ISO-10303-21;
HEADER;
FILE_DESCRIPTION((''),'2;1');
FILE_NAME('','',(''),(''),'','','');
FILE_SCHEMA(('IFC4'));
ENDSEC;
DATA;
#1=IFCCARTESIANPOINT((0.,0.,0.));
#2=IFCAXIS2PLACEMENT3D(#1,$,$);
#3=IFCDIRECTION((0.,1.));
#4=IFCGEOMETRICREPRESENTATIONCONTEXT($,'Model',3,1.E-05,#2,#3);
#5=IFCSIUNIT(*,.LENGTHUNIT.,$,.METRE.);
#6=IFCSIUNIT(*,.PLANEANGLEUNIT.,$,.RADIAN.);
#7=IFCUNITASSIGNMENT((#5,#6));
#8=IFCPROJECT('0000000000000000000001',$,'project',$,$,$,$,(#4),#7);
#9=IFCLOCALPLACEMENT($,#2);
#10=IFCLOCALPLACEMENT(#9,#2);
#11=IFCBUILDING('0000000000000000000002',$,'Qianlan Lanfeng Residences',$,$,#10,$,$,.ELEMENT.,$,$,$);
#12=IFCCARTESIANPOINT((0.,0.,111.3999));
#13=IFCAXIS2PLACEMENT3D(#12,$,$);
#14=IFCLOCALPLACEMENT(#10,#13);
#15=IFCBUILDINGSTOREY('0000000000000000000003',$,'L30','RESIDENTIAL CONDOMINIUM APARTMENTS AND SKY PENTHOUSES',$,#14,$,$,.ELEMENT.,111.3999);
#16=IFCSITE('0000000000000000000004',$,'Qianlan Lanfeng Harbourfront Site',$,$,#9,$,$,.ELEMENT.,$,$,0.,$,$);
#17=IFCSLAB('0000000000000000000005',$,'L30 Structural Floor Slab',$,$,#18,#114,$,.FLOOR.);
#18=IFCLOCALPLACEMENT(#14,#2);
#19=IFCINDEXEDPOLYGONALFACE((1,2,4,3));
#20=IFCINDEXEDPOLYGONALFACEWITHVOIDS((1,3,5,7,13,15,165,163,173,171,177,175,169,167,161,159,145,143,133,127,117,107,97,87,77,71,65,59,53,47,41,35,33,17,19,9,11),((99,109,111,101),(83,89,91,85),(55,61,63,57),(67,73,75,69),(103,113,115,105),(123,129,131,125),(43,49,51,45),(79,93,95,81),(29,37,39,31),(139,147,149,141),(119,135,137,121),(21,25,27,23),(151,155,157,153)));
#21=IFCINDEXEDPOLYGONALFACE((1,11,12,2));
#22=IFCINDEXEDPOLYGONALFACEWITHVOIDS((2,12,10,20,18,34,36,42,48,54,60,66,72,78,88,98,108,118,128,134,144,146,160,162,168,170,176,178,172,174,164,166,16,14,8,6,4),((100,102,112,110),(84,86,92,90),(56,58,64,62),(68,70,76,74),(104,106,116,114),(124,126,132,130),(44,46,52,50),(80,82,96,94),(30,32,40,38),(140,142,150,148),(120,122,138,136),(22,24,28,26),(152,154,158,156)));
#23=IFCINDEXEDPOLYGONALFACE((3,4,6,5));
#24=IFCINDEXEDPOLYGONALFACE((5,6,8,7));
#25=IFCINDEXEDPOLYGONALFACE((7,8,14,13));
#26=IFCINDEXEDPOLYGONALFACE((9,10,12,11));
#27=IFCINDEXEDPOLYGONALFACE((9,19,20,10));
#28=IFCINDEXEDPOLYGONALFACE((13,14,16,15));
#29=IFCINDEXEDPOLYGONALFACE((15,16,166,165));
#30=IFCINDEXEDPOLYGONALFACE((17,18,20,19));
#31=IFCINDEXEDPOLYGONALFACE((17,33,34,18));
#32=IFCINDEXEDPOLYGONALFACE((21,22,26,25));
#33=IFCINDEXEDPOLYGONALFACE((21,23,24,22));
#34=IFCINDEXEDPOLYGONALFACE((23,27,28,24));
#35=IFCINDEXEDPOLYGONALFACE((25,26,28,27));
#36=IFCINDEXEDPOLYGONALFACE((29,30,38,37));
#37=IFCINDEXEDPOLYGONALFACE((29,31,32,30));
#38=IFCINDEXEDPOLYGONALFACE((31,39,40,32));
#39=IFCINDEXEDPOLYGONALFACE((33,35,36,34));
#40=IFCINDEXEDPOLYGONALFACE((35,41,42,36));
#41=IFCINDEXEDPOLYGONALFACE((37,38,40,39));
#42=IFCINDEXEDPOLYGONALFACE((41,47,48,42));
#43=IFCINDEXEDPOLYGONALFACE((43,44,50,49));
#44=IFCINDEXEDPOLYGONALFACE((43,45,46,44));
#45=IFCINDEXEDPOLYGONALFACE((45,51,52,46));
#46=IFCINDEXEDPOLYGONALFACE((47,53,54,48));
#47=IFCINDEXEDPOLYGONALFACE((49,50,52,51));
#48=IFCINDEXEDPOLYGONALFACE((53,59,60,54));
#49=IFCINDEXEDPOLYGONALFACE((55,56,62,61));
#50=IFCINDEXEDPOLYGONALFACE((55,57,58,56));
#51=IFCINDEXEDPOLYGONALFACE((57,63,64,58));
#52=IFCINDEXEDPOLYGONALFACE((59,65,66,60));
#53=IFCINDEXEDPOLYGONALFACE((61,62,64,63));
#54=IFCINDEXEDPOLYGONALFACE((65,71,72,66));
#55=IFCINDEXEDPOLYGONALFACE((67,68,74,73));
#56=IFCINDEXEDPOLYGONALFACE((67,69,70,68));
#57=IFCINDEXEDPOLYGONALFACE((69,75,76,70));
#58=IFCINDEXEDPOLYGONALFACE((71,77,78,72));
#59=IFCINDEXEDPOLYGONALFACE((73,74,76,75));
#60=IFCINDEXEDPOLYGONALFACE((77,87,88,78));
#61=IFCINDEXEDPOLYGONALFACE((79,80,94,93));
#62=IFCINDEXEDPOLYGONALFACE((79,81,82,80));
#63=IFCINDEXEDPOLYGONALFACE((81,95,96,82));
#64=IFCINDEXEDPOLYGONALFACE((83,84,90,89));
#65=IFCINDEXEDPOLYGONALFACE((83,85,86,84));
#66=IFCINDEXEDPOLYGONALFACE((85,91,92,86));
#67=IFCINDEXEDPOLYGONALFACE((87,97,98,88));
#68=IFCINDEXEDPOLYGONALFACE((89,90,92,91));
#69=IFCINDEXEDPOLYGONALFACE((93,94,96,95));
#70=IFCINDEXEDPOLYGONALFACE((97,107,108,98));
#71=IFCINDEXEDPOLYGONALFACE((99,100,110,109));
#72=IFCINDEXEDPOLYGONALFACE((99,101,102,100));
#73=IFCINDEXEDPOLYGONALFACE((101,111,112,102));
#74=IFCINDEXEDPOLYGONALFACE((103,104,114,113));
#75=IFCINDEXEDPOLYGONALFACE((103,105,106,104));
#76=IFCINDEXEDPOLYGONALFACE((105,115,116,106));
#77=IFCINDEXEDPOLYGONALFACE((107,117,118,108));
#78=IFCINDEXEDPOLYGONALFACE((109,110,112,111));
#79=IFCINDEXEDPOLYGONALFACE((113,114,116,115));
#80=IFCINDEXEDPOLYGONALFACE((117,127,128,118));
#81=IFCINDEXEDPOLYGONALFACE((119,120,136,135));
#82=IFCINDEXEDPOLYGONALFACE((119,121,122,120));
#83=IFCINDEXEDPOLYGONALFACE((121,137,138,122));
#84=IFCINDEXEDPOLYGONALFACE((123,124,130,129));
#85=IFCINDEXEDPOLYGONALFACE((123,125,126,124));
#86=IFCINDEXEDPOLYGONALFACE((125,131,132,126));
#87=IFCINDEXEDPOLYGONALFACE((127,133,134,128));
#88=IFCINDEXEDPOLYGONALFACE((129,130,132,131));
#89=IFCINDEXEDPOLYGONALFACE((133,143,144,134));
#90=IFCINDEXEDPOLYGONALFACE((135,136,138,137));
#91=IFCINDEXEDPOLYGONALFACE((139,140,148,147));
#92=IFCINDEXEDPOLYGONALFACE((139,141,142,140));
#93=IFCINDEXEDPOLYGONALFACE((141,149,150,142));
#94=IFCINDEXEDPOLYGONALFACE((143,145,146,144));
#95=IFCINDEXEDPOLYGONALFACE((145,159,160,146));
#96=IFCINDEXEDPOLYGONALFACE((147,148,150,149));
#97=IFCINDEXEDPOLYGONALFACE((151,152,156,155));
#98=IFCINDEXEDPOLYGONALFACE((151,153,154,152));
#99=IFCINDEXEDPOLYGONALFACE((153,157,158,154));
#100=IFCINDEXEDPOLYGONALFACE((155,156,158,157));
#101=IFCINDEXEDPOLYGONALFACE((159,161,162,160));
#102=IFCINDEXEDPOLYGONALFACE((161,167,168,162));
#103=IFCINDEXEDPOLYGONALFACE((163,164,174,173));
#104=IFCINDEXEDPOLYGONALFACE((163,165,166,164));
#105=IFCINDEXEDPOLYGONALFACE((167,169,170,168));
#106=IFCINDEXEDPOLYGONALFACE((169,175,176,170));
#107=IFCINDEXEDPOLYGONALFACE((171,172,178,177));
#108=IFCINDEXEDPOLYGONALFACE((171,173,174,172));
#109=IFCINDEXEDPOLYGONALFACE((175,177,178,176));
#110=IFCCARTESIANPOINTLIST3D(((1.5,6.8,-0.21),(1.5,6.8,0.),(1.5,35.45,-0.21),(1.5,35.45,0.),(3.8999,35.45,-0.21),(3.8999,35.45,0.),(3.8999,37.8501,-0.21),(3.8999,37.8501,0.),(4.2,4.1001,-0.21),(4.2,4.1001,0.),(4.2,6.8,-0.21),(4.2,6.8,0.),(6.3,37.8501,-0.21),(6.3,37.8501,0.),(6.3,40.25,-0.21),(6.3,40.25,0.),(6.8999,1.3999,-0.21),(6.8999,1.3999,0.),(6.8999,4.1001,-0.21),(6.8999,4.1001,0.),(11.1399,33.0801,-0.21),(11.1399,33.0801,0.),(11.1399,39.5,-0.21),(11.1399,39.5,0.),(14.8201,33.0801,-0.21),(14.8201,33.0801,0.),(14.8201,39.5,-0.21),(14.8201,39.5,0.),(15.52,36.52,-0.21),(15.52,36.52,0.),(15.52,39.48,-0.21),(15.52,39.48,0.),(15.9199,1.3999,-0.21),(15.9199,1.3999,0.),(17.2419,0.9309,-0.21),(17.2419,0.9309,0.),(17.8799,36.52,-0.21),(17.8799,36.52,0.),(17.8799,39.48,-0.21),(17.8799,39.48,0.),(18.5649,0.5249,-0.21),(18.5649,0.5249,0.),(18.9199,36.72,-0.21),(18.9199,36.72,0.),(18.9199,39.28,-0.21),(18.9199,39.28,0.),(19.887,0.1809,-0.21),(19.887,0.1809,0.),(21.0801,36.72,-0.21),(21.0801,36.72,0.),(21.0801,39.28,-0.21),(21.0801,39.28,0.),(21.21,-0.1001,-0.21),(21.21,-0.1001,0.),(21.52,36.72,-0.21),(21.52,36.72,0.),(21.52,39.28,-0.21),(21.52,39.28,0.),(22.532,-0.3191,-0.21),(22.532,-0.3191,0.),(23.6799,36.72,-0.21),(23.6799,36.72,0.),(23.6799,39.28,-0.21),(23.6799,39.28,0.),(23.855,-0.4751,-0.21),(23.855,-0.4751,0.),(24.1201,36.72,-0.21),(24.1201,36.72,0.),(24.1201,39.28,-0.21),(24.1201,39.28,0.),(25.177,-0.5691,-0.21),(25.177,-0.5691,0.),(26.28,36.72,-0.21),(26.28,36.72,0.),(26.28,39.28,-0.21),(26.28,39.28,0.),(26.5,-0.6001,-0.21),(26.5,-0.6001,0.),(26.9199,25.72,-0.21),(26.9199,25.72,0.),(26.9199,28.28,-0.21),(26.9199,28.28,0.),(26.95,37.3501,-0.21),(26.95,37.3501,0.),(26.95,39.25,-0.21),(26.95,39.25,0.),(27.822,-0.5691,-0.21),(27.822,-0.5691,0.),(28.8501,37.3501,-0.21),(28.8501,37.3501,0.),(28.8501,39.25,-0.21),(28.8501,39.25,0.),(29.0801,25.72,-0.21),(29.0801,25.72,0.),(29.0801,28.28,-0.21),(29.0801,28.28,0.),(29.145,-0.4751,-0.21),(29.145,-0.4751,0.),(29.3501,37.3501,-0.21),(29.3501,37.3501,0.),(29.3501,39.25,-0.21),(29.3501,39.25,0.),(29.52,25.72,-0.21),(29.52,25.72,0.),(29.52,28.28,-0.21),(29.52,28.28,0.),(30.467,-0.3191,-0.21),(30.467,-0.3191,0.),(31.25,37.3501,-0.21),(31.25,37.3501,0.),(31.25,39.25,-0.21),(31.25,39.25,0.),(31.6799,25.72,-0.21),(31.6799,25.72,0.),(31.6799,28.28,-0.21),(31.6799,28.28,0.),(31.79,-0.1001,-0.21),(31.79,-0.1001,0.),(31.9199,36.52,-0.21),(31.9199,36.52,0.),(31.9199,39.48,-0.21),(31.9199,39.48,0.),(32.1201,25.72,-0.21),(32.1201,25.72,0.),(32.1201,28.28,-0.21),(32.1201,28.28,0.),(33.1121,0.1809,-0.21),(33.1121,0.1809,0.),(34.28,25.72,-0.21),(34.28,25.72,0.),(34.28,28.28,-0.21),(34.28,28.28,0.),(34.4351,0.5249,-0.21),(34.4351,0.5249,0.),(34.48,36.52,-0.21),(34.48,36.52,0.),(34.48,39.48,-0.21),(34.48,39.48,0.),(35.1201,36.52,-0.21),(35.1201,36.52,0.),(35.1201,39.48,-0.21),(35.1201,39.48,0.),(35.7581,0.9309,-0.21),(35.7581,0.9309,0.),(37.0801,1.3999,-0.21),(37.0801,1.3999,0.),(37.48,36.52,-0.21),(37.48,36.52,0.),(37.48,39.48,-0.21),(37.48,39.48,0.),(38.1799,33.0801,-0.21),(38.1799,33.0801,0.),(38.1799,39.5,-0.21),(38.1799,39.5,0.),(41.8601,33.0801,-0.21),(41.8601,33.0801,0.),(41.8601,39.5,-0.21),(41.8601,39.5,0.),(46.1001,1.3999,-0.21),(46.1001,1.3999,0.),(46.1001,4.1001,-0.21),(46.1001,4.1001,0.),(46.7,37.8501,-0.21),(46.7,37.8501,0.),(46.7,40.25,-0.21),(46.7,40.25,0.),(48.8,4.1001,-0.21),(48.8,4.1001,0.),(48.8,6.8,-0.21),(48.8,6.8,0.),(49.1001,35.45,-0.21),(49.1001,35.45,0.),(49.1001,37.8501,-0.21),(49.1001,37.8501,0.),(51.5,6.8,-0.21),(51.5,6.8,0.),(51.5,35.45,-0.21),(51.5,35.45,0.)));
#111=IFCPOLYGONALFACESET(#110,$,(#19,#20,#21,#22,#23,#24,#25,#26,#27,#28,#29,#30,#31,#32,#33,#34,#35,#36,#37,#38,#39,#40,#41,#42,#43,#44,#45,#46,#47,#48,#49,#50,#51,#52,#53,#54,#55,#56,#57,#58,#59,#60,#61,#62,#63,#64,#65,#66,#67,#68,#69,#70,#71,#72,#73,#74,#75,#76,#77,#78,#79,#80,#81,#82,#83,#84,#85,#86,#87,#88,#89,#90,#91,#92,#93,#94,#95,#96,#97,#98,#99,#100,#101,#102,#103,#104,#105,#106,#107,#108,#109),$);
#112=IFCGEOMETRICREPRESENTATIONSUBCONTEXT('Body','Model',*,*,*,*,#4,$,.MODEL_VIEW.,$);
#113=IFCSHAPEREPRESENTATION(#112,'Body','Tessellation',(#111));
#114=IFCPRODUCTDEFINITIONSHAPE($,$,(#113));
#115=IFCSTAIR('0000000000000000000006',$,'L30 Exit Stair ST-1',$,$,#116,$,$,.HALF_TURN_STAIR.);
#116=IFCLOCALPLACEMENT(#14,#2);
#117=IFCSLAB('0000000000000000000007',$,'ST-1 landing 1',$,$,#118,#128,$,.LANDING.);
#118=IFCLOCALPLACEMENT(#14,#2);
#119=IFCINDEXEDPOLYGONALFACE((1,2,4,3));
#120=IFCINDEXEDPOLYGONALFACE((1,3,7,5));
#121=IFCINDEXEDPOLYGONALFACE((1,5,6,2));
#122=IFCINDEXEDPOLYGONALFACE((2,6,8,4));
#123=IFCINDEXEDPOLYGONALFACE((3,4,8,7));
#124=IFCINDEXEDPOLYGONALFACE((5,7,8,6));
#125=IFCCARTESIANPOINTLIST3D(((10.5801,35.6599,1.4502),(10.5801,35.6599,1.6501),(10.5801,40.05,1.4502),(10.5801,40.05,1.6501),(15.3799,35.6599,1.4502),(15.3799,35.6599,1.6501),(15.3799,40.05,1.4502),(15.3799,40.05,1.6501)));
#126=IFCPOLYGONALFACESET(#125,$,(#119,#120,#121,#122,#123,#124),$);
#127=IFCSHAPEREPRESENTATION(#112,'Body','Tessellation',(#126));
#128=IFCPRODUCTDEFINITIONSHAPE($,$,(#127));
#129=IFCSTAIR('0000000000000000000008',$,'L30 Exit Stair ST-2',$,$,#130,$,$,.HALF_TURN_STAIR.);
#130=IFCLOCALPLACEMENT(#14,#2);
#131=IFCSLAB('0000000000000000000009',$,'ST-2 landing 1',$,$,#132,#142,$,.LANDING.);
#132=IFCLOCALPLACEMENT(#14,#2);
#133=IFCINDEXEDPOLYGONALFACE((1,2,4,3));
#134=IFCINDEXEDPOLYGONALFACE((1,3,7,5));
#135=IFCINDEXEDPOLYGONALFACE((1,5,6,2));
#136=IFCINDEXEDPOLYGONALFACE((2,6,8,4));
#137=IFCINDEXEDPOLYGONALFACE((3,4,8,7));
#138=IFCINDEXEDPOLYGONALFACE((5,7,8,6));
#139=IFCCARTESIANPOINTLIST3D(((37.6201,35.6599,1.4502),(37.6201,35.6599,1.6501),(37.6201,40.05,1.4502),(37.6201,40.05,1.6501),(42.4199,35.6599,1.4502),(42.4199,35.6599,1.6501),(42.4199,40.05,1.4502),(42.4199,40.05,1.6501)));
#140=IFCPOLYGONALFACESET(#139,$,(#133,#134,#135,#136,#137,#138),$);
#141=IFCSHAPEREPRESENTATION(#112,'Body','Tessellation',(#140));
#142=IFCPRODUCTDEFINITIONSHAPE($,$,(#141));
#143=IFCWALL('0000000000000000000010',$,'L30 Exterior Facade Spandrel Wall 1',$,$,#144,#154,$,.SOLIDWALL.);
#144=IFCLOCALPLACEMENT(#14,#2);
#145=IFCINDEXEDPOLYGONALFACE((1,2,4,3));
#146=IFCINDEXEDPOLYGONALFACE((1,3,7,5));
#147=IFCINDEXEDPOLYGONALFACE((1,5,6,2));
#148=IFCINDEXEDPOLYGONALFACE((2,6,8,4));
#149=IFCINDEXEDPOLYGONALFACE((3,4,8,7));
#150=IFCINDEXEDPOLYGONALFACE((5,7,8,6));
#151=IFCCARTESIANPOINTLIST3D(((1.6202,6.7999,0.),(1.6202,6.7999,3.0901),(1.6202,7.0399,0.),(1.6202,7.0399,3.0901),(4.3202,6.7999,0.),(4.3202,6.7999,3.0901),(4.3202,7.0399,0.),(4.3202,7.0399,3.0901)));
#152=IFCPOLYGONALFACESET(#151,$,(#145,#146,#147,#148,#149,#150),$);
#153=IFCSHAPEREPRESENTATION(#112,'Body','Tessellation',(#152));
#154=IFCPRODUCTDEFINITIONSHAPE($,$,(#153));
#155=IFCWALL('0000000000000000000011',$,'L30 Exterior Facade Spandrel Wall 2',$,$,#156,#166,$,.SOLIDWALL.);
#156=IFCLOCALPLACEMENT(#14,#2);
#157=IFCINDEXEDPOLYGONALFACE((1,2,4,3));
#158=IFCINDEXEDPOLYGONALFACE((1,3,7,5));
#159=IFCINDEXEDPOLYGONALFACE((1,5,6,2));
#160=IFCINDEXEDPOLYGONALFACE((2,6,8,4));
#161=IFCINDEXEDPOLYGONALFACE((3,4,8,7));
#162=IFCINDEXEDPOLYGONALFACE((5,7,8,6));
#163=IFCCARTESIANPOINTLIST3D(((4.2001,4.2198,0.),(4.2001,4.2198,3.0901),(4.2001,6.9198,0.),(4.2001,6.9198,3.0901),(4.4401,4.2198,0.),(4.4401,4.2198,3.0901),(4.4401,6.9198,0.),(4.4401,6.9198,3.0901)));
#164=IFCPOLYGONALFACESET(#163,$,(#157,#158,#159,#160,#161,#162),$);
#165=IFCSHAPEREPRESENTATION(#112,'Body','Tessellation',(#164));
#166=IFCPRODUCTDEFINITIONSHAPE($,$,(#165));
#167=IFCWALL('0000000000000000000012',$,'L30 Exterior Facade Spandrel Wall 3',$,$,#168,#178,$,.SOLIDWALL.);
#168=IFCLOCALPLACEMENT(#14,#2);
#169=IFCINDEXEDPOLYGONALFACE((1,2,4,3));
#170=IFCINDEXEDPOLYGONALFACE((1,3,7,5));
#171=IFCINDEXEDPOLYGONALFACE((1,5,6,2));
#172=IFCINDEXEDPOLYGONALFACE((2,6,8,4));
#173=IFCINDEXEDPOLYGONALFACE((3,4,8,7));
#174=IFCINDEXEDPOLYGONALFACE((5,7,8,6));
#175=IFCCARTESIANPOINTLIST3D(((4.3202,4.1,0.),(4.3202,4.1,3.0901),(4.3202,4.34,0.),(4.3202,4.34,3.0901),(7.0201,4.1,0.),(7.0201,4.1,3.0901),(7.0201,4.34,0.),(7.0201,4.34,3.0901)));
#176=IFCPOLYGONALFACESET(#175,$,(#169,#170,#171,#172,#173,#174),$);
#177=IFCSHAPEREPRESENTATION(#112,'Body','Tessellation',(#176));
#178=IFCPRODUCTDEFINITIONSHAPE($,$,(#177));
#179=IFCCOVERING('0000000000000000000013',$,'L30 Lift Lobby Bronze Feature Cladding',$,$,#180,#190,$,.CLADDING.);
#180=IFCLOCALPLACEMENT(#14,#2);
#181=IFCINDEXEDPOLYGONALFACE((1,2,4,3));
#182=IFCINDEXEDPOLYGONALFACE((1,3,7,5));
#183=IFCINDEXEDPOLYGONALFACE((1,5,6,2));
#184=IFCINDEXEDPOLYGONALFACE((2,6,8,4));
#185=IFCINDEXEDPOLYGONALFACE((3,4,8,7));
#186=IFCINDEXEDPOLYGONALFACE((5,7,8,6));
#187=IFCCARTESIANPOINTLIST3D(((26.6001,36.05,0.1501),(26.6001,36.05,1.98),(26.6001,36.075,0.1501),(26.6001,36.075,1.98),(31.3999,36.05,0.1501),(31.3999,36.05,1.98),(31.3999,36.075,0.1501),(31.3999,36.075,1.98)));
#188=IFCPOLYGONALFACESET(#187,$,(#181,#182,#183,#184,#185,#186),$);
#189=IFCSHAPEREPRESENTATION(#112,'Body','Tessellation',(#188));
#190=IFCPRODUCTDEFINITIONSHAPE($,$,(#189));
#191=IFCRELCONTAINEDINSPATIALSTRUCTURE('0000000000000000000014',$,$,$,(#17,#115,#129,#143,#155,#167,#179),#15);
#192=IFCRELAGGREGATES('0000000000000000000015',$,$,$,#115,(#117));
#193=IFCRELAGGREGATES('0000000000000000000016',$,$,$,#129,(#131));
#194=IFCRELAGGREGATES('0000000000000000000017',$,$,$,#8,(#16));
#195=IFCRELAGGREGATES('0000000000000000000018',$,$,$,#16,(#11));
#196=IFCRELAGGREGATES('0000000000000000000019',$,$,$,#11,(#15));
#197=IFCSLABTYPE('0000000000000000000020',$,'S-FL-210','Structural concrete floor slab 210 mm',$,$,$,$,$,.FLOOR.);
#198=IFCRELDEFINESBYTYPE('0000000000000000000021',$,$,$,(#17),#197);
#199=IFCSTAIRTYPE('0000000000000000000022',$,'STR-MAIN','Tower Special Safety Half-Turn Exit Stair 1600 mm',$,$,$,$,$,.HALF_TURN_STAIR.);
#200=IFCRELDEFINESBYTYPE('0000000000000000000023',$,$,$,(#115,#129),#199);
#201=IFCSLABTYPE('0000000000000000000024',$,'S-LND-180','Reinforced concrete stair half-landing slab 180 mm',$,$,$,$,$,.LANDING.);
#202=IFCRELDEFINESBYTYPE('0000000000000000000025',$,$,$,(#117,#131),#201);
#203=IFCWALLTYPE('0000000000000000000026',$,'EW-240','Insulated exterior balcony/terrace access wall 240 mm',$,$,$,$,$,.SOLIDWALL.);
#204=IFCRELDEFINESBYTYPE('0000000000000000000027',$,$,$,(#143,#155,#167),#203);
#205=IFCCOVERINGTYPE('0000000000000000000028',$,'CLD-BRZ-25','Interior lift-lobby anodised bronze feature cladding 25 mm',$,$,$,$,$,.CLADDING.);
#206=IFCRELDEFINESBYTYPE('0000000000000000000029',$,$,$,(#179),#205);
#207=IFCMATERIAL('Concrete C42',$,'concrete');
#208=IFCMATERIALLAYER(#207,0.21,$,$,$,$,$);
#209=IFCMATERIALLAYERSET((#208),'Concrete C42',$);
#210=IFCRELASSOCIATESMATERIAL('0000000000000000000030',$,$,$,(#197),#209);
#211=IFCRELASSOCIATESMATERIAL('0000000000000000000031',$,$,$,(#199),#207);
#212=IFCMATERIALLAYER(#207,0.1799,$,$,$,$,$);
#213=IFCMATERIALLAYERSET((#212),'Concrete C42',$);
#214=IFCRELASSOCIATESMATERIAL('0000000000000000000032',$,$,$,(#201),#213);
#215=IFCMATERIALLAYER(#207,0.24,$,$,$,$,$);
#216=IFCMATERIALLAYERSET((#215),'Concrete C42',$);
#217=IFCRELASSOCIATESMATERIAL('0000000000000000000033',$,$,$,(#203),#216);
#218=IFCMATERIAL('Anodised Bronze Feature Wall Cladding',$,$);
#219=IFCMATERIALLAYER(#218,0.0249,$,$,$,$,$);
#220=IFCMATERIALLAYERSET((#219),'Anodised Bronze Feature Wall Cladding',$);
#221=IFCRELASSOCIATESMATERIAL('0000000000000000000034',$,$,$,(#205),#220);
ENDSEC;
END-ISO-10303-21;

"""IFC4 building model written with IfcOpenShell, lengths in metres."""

from ifc_helpers import new_model, si_unit, direction, frame, frame_2d, origin, place, context, subcontext, project, spatial, polyline, rectangle, outline, extrude, material, layer, layer_set, type_object, element, aggregate, save


model = new_model("IFC4")

# Units and contexts
model_context = context("Model", 3, precision=1e-05, world=origin(), true_north=direction((0.0, 1.0)))
body_context = subcontext(model_context, "Body", "Model", "MODEL_VIEW")
ifc_project = project(units=[si_unit("LENGTHUNIT", "METRE"), si_unit("PLANEANGLEUNIT", "RADIAN")], contexts=[model_context])

# Site, building, storey
site_placement = place(None, origin())
site = spatial("IfcSite", under=ifc_project, at=site_placement, Name="Qianlan Lanfeng Harbourfront Site", CompositionType="ELEMENT", RefElevation=0.0)
building_placement = place(site_placement, origin())
building = spatial("IfcBuilding", under=site, at=building_placement, Name="Qianlan Lanfeng Residences", CompositionType="ELEMENT")
storey_placement = place(building_placement, frame((0.0, 0.0, 111.3999)))
storey = spatial("IfcBuildingStorey", under=building, at=storey_placement, Name="L30", Description="RESIDENTIAL CONDOMINIUM APARTMENTS AND SKY PENTHOUSES", CompositionType="ELEMENT", Elevation=111.3999)

# Slab
ifc_material_1 = material(Name="Concrete C42", Category="concrete")
ifc_layer_1 = layer(ifc_material_1, 0.21)
ifc_layer_set_1 = layer_set([ifc_layer_1], Name="Concrete C42")
slab_type_1 = type_object("IfcSlabType", Name="S-FL-210", Description="Structural concrete floor slab 210 mm", PredefinedType="FLOOR", material=ifc_layer_set_1)
slab_1_placement = place(storey_placement, frame((0.0, 0.0, -0.21)))
element("IfcSlab", 1, at=slab_1_placement, inside=storey, type_object=slab_type_1, Name="L30 Structural Floor Slab", PredefinedType="FLOOR", context=body_context, shape_type="SweptSolid", body=[
    extrude(outline(polyline([(1.5, 6.8), (4.2, 6.8), (4.2, 4.1001), (6.8999, 4.1001), (6.8999, 1.3999), (15.9199, 1.3999), (17.2419, 0.9309), (18.5649, 0.5249), (19.887, 0.1809), (21.21, -0.1001), (22.532, -0.3191), (23.855, -0.4751), (25.177, -0.5691), (26.5, -0.6001), (27.822, -0.5691), (29.145, -0.4751), (30.467, -0.3191), (31.79, -0.1001), (33.1121, 0.1809), (34.4351, 0.5249), (35.7581, 0.9309), (37.0801, 1.3999), (46.1001, 1.3999), (46.1001, 4.1001), (48.8, 4.1001), (48.8, 6.8), (51.5, 6.8), (51.5, 35.45), (49.1001, 35.45), (49.1001, 37.8501), (46.7, 37.8501), (46.7, 40.25), (6.3, 40.25), (6.3, 37.8501), (3.8999, 37.8501), (3.8999, 35.45), (1.5, 35.45), (1.5, 6.8)]), holes=[polyline([(11.1399, 33.0801), (11.1399, 39.5), (14.8201, 39.5), (14.8201, 33.0801), (11.1399, 33.0801)]), polyline([(38.1799, 33.0801), (38.1799, 39.5), (41.8601, 39.5), (41.8601, 33.0801), (38.1799, 33.0801)]), polyline([(15.52, 36.52), (15.52, 39.48), (17.8799, 39.48), (17.8799, 36.52), (15.52, 36.52)]), polyline([(35.1201, 36.52), (35.1201, 39.48), (37.48, 39.48), (37.48, 36.52), (35.1201, 36.52)]), polyline([(31.9199, 36.52), (31.9199, 39.48), (34.48, 39.48), (34.48, 36.52), (31.9199, 36.52)]), polyline([(26.9199, 25.72), (26.9199, 28.28), (29.0801, 28.28), (29.0801, 25.72), (26.9199, 25.72)]), polyline([(29.52, 25.72), (29.52, 28.28), (31.6799, 28.28), (31.6799, 25.72), (29.52, 25.72)]), polyline([(32.1201, 25.72), (32.1201, 28.28), (34.28, 28.28), (34.28, 25.72), (32.1201, 25.72)]), polyline([(18.9199, 36.72), (18.9199, 39.28), (21.0801, 39.28), (21.0801, 36.72), (18.9199, 36.72)]), polyline([(21.52, 36.72), (21.52, 39.28), (23.6799, 39.28), (23.6799, 36.72), (21.52, 36.72)]), polyline([(24.1201, 36.72), (24.1201, 39.28), (26.28, 39.28), (26.28, 36.72), (24.1201, 36.72)]), polyline([(26.95, 37.3501), (26.95, 39.25), (28.8501, 39.25), (28.8501, 37.3501), (26.95, 37.3501)]), polyline([(29.3501, 37.3501), (29.3501, 39.25), (31.25, 39.25), (31.25, 37.3501), (29.3501, 37.3501)])]), origin(), (0.0, 0.0, 1.0), 0.21),
])

# Stairs, slabs
stair_type = type_object("IfcStairType", Name="STR-MAIN", Description="Tower Special Safety Half-Turn Exit Stair 1600 mm", PredefinedType="HALF_TURN_STAIR", material=ifc_material_1)
stair_1_placement = place(storey_placement, origin())
stair_1 = element("IfcStair", 2, at=stair_1_placement, inside=storey, type_object=stair_type, Name="L30 Exit Stair ST-1", PredefinedType="HALF_TURN_STAIR")
ifc_layer_2 = layer(ifc_material_1, 0.1799)
ifc_layer_set_2 = layer_set([ifc_layer_2], Name="Concrete C42")
slab_type_2 = type_object("IfcSlabType", Name="S-LND-180", Description="Reinforced concrete stair half-landing slab 180 mm", PredefinedType="LANDING", material=ifc_layer_set_2)
slab_2_placement = place(storey_placement, frame((0.0, 0.0, 1.4502)))
slab_2 = element("IfcSlab", 3, at=slab_2_placement, type_object=slab_type_2, Name="ST-1 landing 1", PredefinedType="LANDING", context=body_context, shape_type="SweptSolid", body=[
    extrude(outline(polyline([(10.5801, 35.6599), (15.3799, 35.6599), (15.3799, 40.05), (10.5801, 40.05), (10.5801, 35.6599)])), origin(), (0.0, 0.0, 1.0), 0.2),
])
aggregate(stair_1, [slab_2])
stair_2_placement = place(storey_placement, origin())
stair_2 = element("IfcStair", 4, at=stair_2_placement, inside=storey, type_object=stair_type, Name="L30 Exit Stair ST-2", PredefinedType="HALF_TURN_STAIR")
slab_3_placement = place(storey_placement, frame((0.0, 0.0, 1.4502)))
slab_3 = element("IfcSlab", 5, at=slab_3_placement, type_object=slab_type_2, Name="ST-2 landing 1", PredefinedType="LANDING", context=body_context, shape_type="SweptSolid", body=[
    extrude(outline(polyline([(37.6201, 35.6599), (42.4199, 35.6599), (42.4199, 40.05), (37.6201, 40.05), (37.6201, 35.6599)])), origin(), (0.0, 0.0, 1.0), 0.2),
])
aggregate(stair_2, [slab_3])

# Walls
ifc_layer_3 = layer(ifc_material_1, 0.24)
ifc_layer_set_3 = layer_set([ifc_layer_3], Name="Concrete C42")
wall_type = type_object("IfcWallType", Name="EW-240", Description="Insulated exterior balcony/terrace access wall 240 mm", PredefinedType="SOLIDWALL", material=ifc_layer_set_3)
for number, where, z_axis, x_axis, name in (
    (6, (1.6201, 6.9199, 0.0), (0.0, 0.0, 1.0), (1.0, 0.0, 0.0), "L30 Exterior Facade Spandrel Wall 1"),
    (7, (4.3201, 6.9199, 0.0), (0.0, 0.0, 1.0), (0.0, -1.0, 0.0), "L30 Exterior Facade Spandrel Wall 2"),
    (8, (4.3201, 4.22, 0.0), (0.0, 0.0, 1.0), (1.0, 0.0, 0.0), "L30 Exterior Facade Spandrel Wall 3"),
):
    element("IfcWall", number, at=place(storey_placement, frame(where, z_axis=z_axis, x_axis=x_axis)), inside=storey, type_object=wall_type, Name=name, PredefinedType="SOLIDWALL", context=body_context, shape_type="SweptSolid", body=[
        extrude(rectangle(XDim=2.7, YDim=0.24, at=frame_2d((1.3501, 0.0))), origin(), (0.0, 0.0, 1.0), 3.0901),
    ])

# Covering
ifc_material_2 = material(Name="Anodised Bronze Feature Wall Cladding")
ifc_layer_4 = layer(ifc_material_2, 0.0249)
ifc_layer_set_4 = layer_set([ifc_layer_4], Name="Anodised Bronze Feature Wall Cladding")
covering_type_1 = type_object("IfcCoveringType", Name="CLD-BRZ-25", Description="Interior lift-lobby anodised bronze feature cladding 25 mm", PredefinedType="CLADDING", material=ifc_layer_set_4)
covering_1_placement = place(storey_placement, frame((0.0, 0.0, 0.1501)))
element("IfcCovering", 9, at=covering_1_placement, inside=storey, type_object=covering_type_1, Name="L30 Lift Lobby Bronze Feature Cladding", PredefinedType="CLADDING", context=body_context, shape_type="SweptSolid", body=[
    extrude(outline(polyline([(26.6001, 36.05), (31.3999, 36.05), (31.3999, 36.075), (26.6001, 36.075), (26.6001, 36.05)])), origin(), (0.0, 0.0, 1.0), 1.8298),
])

save(model, "model.ifc")
